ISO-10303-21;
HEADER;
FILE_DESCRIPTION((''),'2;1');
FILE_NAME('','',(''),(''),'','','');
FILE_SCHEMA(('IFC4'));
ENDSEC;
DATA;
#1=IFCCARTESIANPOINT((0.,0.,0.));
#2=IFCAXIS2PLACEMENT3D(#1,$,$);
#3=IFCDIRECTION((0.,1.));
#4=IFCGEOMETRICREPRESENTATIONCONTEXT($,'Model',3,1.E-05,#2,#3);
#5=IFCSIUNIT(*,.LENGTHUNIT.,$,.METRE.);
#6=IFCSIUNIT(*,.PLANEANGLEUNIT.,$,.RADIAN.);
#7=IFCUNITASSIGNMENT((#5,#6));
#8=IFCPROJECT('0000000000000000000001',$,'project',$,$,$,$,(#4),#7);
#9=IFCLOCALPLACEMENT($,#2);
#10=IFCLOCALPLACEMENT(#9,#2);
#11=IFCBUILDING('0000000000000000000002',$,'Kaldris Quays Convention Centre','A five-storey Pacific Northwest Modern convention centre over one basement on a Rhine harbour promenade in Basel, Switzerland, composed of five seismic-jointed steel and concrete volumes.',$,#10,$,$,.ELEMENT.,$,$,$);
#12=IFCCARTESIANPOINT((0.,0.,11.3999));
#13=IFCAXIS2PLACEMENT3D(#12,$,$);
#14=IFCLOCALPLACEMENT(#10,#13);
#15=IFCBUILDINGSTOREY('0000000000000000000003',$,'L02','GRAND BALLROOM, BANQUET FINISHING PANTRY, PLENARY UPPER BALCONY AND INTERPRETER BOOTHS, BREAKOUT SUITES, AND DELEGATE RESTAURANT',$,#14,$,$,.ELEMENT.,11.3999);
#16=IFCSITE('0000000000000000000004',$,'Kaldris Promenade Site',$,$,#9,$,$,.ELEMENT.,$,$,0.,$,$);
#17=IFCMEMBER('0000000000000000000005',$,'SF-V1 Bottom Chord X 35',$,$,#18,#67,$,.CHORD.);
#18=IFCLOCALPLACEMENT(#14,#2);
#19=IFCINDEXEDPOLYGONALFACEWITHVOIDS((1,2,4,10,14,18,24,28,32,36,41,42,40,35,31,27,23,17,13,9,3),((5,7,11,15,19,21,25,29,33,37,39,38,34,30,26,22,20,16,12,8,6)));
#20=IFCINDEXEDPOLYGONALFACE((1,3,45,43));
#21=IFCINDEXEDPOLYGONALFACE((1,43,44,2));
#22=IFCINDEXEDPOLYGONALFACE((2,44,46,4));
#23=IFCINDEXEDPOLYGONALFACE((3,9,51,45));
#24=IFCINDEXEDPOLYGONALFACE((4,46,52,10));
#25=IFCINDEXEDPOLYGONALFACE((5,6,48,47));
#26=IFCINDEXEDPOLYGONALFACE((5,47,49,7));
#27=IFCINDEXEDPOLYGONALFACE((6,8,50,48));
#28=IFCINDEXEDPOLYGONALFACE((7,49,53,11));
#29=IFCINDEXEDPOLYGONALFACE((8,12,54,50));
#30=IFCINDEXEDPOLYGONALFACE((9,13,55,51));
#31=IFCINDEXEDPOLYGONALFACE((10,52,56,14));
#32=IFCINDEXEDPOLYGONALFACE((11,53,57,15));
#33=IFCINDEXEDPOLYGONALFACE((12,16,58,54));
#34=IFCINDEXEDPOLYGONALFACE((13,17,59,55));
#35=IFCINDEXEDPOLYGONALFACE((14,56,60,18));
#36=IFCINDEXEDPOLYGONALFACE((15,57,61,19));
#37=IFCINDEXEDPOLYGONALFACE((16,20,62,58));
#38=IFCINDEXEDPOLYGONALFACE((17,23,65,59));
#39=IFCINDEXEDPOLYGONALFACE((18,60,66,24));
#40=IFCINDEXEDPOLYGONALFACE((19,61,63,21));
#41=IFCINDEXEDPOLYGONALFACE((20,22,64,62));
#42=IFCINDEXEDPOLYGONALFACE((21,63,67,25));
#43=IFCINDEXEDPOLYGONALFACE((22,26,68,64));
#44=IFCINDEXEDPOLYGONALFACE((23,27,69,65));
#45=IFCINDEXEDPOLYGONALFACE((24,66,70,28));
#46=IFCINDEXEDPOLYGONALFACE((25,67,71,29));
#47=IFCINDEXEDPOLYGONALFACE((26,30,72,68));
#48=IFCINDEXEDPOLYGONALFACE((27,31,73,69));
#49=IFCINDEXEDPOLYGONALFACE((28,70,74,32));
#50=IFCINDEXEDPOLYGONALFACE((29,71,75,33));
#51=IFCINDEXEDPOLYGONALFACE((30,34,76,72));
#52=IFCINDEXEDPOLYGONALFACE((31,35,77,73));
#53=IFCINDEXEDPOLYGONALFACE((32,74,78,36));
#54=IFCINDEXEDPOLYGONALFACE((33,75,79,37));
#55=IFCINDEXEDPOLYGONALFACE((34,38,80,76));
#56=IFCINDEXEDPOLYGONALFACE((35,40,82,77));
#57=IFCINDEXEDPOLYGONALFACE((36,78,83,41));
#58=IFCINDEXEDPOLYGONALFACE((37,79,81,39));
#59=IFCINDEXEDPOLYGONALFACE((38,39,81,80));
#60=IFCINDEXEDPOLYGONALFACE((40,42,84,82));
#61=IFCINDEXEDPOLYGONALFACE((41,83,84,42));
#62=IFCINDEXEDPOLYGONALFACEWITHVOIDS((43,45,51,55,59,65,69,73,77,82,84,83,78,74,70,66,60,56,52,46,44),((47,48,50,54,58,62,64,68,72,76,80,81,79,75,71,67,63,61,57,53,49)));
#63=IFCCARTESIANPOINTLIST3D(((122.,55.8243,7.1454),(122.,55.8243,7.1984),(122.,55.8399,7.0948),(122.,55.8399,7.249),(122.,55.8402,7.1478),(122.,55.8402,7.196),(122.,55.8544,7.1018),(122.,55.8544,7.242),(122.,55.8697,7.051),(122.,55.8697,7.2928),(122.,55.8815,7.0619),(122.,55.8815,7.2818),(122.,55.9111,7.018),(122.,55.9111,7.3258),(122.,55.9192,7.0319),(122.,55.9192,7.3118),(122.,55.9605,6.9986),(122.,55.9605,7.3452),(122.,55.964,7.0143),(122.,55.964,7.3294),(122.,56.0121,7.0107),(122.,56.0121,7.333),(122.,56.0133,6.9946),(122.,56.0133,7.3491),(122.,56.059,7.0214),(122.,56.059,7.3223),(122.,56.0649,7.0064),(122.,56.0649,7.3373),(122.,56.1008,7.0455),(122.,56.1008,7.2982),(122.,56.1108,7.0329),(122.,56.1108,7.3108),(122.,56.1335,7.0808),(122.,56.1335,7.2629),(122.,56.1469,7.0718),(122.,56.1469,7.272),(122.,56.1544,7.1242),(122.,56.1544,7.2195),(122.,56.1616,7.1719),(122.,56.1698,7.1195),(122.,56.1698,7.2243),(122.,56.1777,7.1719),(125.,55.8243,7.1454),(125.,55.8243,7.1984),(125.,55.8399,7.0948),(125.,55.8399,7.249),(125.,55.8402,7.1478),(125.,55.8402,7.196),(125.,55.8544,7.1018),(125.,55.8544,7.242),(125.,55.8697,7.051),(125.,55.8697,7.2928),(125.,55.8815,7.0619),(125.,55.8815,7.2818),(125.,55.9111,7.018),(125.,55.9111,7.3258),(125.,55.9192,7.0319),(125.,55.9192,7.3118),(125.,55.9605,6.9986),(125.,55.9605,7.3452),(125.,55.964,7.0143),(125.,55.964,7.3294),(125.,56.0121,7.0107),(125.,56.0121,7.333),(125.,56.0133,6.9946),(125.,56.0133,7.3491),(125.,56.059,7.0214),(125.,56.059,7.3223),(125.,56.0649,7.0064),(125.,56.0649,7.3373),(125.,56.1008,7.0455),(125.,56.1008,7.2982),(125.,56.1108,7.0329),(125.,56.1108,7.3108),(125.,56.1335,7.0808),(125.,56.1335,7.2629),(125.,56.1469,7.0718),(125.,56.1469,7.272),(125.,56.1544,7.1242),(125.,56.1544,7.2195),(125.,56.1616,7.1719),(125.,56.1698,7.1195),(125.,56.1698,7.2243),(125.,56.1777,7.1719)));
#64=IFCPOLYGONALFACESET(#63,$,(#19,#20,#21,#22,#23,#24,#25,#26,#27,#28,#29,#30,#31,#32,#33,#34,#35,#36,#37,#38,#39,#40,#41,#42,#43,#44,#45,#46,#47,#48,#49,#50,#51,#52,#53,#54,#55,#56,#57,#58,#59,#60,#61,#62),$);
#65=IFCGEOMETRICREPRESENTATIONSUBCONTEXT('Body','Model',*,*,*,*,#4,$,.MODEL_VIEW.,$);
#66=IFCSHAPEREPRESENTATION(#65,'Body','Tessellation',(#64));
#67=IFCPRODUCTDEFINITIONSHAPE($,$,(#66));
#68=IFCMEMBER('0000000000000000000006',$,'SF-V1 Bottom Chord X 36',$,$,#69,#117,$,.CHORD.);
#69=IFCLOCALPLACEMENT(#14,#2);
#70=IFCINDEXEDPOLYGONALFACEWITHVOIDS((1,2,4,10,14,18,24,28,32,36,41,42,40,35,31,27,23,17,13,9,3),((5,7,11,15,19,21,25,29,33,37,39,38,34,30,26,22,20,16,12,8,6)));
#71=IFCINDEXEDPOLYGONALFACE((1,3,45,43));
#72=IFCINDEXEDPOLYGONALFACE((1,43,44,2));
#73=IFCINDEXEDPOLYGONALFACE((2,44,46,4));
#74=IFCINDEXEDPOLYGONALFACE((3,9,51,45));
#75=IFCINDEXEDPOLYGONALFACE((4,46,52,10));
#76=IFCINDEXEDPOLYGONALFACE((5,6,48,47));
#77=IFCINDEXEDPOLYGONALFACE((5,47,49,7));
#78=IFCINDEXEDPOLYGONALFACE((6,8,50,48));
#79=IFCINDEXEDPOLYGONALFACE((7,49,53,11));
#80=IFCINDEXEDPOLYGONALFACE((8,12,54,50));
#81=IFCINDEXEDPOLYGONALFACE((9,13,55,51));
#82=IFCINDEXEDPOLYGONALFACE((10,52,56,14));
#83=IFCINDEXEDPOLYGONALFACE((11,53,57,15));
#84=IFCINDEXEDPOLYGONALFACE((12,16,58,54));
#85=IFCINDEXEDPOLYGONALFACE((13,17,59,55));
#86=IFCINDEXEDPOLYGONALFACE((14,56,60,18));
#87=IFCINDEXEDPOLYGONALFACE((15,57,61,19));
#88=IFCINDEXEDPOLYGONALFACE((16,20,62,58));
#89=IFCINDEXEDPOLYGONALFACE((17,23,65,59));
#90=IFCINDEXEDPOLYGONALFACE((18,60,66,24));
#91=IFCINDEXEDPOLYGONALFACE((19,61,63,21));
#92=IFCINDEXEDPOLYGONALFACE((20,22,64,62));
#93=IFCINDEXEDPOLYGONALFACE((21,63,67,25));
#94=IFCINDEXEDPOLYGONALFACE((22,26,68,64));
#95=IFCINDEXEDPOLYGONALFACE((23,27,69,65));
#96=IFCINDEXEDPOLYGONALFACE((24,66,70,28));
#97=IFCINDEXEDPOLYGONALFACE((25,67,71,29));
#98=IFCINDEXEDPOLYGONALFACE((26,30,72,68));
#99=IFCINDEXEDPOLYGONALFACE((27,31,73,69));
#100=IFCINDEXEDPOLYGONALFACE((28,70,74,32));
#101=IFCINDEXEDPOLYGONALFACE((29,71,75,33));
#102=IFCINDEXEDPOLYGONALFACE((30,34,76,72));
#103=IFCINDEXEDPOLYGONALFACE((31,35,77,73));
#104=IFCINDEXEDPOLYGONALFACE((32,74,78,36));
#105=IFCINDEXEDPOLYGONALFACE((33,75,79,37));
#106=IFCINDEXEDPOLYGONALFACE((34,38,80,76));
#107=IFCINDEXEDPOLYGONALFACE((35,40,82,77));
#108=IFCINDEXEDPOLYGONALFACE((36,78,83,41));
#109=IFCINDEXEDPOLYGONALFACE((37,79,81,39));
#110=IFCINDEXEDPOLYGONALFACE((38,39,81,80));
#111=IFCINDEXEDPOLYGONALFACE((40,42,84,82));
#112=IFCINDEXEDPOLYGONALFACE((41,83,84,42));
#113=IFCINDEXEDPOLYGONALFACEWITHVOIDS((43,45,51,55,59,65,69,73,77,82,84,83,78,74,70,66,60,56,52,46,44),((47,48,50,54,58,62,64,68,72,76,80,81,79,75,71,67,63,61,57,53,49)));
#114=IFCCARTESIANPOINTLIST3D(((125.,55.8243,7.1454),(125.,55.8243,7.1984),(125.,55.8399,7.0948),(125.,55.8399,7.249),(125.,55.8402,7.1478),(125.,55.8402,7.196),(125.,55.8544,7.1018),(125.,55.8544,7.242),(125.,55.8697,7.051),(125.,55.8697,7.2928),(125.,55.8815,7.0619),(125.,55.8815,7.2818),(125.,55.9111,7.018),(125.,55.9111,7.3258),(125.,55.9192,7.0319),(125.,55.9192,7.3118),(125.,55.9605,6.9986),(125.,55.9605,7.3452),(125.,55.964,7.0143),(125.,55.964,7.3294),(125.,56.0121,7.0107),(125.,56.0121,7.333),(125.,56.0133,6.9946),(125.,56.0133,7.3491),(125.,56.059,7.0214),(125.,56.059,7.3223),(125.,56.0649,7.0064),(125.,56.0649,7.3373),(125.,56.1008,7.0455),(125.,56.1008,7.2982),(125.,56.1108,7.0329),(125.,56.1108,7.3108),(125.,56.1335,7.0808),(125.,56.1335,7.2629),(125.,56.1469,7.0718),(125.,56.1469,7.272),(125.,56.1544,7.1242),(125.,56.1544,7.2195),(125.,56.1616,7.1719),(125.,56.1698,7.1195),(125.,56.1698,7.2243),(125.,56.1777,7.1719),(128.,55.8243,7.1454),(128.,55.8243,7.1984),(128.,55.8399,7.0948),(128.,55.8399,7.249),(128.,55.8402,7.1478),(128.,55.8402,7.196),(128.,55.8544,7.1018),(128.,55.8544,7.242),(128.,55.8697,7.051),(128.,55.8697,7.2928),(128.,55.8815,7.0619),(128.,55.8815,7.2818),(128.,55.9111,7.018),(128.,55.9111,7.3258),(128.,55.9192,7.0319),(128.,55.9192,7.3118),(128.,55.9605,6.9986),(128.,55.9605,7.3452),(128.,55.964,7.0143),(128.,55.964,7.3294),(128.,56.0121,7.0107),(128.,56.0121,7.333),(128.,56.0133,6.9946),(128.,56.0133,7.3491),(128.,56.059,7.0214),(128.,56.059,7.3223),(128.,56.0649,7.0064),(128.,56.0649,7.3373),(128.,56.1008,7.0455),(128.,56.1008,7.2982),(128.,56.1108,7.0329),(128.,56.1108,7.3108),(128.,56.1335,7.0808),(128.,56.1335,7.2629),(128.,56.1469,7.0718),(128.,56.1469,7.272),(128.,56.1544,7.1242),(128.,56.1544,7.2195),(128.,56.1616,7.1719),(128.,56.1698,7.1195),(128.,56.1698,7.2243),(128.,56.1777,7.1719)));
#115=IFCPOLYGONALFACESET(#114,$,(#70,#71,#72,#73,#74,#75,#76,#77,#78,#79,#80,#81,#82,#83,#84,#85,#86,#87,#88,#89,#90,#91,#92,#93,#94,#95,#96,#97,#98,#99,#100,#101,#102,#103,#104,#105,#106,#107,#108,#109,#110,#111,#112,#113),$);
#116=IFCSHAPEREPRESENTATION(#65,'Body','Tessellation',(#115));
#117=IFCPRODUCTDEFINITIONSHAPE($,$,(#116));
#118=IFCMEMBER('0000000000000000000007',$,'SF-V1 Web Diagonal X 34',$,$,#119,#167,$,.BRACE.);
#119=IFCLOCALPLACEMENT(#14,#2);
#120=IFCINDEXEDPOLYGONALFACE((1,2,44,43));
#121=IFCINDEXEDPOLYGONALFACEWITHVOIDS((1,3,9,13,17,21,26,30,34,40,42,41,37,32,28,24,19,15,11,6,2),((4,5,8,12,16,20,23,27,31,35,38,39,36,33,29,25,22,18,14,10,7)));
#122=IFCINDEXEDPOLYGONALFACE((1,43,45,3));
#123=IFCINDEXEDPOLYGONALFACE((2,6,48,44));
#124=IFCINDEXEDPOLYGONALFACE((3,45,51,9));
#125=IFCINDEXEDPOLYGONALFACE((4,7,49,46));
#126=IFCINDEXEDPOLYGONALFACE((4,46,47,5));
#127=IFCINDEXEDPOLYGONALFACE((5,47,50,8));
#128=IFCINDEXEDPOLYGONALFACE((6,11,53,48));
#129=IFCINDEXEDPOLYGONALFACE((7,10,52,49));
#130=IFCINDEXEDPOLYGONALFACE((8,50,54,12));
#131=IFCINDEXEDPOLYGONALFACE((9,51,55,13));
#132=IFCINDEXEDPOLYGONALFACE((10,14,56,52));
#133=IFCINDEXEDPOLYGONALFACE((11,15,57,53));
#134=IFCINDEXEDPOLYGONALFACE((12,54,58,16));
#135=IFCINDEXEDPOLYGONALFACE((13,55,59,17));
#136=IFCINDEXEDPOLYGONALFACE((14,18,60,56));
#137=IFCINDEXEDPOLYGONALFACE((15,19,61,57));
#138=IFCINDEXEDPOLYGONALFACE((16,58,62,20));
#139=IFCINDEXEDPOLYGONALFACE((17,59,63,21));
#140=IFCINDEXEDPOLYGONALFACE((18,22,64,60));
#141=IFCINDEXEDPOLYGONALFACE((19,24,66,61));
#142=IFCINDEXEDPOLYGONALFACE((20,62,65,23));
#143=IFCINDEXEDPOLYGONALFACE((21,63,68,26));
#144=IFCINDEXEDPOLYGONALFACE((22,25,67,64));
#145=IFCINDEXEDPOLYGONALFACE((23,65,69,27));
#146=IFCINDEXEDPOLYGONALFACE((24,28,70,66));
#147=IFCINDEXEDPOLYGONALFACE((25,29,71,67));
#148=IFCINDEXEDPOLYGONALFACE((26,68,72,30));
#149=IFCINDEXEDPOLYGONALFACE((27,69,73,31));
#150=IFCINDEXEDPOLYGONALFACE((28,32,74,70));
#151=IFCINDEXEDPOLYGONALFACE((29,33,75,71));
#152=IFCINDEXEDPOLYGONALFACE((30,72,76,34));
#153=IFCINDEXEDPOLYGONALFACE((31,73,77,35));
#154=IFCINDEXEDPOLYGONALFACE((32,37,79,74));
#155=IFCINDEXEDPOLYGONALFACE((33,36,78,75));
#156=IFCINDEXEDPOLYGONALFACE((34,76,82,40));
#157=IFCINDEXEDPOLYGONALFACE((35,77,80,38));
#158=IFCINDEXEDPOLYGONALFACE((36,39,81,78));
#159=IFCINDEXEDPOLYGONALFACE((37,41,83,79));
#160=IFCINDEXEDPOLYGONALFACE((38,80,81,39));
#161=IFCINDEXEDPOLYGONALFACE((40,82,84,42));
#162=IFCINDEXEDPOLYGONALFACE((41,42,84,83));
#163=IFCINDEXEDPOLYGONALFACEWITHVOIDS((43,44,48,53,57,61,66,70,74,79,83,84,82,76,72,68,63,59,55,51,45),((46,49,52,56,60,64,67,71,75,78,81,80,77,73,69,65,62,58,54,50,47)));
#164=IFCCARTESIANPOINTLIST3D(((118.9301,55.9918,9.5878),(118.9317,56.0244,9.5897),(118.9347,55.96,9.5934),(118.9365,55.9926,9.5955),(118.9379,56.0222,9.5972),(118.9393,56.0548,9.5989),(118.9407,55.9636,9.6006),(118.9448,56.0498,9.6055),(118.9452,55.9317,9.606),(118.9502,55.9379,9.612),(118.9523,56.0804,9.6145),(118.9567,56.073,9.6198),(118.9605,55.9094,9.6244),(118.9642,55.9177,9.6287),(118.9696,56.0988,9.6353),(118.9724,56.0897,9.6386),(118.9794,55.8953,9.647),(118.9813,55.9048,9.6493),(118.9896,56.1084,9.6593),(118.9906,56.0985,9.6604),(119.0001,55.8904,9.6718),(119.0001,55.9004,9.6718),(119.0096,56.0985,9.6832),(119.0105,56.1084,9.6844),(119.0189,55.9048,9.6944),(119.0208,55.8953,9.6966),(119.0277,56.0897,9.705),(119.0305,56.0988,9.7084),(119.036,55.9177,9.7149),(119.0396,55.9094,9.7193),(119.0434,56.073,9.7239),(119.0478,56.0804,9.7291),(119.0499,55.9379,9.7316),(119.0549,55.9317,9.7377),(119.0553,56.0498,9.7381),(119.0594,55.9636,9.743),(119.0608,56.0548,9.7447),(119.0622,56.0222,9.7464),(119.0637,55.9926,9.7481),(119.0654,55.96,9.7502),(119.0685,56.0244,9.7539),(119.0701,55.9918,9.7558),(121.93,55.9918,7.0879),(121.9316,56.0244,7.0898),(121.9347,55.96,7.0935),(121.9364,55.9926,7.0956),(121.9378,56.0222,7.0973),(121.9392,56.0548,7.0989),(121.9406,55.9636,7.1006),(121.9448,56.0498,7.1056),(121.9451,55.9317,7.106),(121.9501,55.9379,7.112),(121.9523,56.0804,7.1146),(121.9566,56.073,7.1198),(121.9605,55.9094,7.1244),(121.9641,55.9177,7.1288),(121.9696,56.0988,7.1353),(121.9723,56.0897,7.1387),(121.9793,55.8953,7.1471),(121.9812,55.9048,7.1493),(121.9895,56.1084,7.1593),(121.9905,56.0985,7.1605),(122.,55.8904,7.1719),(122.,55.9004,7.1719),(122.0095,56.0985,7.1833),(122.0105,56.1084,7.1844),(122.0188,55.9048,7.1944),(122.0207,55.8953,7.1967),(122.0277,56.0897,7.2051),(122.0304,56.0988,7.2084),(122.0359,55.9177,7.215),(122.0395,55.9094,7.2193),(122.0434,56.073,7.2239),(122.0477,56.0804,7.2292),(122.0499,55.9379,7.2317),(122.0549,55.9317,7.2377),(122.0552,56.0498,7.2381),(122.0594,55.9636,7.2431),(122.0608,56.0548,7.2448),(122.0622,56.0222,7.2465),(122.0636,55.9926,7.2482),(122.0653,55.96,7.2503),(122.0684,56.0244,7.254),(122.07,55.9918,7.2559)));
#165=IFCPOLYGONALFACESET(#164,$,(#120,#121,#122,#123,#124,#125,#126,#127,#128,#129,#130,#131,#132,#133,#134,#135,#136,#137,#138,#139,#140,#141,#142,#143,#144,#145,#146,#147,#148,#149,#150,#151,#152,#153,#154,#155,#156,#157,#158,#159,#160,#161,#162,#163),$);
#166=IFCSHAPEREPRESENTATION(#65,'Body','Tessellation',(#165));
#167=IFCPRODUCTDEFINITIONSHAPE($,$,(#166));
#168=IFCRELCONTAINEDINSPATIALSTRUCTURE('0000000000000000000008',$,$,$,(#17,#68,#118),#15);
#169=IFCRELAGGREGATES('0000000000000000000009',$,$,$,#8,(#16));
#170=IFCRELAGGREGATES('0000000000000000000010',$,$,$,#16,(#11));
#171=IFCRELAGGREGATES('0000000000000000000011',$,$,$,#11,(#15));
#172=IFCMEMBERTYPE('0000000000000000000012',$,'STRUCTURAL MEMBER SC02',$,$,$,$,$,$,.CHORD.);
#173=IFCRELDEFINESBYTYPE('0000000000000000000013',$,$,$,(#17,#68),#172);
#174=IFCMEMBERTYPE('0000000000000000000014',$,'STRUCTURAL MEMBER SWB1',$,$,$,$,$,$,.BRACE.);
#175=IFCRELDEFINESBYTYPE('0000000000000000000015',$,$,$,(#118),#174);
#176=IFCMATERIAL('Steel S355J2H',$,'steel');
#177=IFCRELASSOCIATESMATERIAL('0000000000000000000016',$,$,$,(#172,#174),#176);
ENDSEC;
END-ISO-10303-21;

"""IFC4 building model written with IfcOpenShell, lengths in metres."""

from ifc_helpers import new_model, si_unit, direction, frame, origin, origin_2d, place, context, subcontext, project, spatial, hollow_circle, extrude, material, material_profile, profile_set, type_object, element, save


model = new_model("IFC4")

# Units and contexts
model_context = context("Model", 3, precision=1e-05, world=origin(), true_north=direction((0.0, 1.0)))
body_context = subcontext(model_context, "Body", "Model", "MODEL_VIEW")
ifc_project = project(units=[si_unit("LENGTHUNIT", "METRE"), si_unit("PLANEANGLEUNIT", "RADIAN")], contexts=[model_context])

# Site, building, storey
site_placement = place(None, origin())
site = spatial("IfcSite", under=ifc_project, at=site_placement, Name="Kaldris Promenade Site", CompositionType="ELEMENT", RefElevation=0.0)
building_placement = place(site_placement, origin())
building = spatial("IfcBuilding", under=site, at=building_placement, Name="Kaldris Quays Convention Centre", Description="A five-storey Pacific Northwest Modern convention centre over one basement on a Rhine harbour promenade in Basel, Switzerland, composed of five seismic-jointed steel and concrete volumes.", CompositionType="ELEMENT")
storey_placement = place(building_placement, frame((0.0, 0.0, 11.3999)))
storey = spatial("IfcBuildingStorey", under=building, at=storey_placement, Name="L02", Description="GRAND BALLROOM, BANQUET FINISHING PANTRY, PLENARY UPPER BALCONY AND INTERPRETER BOOTHS, BREAKOUT SUITES, AND DELEGATE RESTAURANT", CompositionType="ELEMENT", Elevation=11.3999)

# Members
ifc_material_1 = material(Name="Steel S355J2H", Category="steel")
ifc_material_profile_1 = material_profile(ifc_material_1, hollow_circle(Radius=0.1777, WallThickness=0.0161, at=origin_2d()), Name="CHS 355.6x16")
ifc_profile_set_1 = profile_set([ifc_material_profile_1], Name="Steel S355J2H")
member_type_1 = type_object("IfcMemberType", Name="STRUCTURAL MEMBER SC02", PredefinedType="CHORD", material=ifc_profile_set_1)
for number, where, z_axis, x_axis, name in (
    (1, (122.0, 56.0, 7.1719), (1.0, 0.0, 0.0), (0.0, 1.0, 0.0), "SF-V1 Bottom Chord X 35"),
    (2, (125.0, 56.0, 7.1719), (1.0, 0.0, 0.0), (0.0, 1.0, 0.0), "SF-V1 Bottom Chord X 36"),
):
    element("IfcMember", number, at=place(storey_placement, frame(where, z_axis=z_axis, x_axis=x_axis)), inside=storey, type_object=member_type_1, Name=name, PredefinedType="CHORD", context=body_context, shape_type="SweptSolid", body=[
        extrude(hollow_circle(Radius=0.1777, WallThickness=0.0161, at=origin_2d()), origin(), (0.0, 0.0, 1.0), 3.0),
    ])
ifc_material_profile_2 = material_profile(ifc_material_1, hollow_circle(Radius=0.1096, WallThickness=0.01, at=origin_2d()), Name="CHS 219.1x10")
ifc_profile_set_2 = profile_set([ifc_material_profile_2], Name="Steel S355J2H")
member_type_2 = type_object("IfcMemberType", Name="STRUCTURAL MEMBER SWB1", PredefinedType="BRACE", material=ifc_profile_set_2)
member_1_placement = place(storey_placement, frame((122.0, 56.0, 7.1719), z_axis=(-0.768221, 0.0, 0.640184), x_axis=(0.0, -1.0, 0.0)))
element("IfcMember", 3, at=member_1_placement, inside=storey, type_object=member_type_2, Name="SF-V1 Web Diagonal X 34", PredefinedType="BRACE", context=body_context, shape_type="SweptSolid", body=[
    extrude(hollow_circle(Radius=0.1096, WallThickness=0.01, at=origin_2d()), origin(), (0.0, 0.0, 1.0), 3.905),
])

save(model, "model.ifc")
